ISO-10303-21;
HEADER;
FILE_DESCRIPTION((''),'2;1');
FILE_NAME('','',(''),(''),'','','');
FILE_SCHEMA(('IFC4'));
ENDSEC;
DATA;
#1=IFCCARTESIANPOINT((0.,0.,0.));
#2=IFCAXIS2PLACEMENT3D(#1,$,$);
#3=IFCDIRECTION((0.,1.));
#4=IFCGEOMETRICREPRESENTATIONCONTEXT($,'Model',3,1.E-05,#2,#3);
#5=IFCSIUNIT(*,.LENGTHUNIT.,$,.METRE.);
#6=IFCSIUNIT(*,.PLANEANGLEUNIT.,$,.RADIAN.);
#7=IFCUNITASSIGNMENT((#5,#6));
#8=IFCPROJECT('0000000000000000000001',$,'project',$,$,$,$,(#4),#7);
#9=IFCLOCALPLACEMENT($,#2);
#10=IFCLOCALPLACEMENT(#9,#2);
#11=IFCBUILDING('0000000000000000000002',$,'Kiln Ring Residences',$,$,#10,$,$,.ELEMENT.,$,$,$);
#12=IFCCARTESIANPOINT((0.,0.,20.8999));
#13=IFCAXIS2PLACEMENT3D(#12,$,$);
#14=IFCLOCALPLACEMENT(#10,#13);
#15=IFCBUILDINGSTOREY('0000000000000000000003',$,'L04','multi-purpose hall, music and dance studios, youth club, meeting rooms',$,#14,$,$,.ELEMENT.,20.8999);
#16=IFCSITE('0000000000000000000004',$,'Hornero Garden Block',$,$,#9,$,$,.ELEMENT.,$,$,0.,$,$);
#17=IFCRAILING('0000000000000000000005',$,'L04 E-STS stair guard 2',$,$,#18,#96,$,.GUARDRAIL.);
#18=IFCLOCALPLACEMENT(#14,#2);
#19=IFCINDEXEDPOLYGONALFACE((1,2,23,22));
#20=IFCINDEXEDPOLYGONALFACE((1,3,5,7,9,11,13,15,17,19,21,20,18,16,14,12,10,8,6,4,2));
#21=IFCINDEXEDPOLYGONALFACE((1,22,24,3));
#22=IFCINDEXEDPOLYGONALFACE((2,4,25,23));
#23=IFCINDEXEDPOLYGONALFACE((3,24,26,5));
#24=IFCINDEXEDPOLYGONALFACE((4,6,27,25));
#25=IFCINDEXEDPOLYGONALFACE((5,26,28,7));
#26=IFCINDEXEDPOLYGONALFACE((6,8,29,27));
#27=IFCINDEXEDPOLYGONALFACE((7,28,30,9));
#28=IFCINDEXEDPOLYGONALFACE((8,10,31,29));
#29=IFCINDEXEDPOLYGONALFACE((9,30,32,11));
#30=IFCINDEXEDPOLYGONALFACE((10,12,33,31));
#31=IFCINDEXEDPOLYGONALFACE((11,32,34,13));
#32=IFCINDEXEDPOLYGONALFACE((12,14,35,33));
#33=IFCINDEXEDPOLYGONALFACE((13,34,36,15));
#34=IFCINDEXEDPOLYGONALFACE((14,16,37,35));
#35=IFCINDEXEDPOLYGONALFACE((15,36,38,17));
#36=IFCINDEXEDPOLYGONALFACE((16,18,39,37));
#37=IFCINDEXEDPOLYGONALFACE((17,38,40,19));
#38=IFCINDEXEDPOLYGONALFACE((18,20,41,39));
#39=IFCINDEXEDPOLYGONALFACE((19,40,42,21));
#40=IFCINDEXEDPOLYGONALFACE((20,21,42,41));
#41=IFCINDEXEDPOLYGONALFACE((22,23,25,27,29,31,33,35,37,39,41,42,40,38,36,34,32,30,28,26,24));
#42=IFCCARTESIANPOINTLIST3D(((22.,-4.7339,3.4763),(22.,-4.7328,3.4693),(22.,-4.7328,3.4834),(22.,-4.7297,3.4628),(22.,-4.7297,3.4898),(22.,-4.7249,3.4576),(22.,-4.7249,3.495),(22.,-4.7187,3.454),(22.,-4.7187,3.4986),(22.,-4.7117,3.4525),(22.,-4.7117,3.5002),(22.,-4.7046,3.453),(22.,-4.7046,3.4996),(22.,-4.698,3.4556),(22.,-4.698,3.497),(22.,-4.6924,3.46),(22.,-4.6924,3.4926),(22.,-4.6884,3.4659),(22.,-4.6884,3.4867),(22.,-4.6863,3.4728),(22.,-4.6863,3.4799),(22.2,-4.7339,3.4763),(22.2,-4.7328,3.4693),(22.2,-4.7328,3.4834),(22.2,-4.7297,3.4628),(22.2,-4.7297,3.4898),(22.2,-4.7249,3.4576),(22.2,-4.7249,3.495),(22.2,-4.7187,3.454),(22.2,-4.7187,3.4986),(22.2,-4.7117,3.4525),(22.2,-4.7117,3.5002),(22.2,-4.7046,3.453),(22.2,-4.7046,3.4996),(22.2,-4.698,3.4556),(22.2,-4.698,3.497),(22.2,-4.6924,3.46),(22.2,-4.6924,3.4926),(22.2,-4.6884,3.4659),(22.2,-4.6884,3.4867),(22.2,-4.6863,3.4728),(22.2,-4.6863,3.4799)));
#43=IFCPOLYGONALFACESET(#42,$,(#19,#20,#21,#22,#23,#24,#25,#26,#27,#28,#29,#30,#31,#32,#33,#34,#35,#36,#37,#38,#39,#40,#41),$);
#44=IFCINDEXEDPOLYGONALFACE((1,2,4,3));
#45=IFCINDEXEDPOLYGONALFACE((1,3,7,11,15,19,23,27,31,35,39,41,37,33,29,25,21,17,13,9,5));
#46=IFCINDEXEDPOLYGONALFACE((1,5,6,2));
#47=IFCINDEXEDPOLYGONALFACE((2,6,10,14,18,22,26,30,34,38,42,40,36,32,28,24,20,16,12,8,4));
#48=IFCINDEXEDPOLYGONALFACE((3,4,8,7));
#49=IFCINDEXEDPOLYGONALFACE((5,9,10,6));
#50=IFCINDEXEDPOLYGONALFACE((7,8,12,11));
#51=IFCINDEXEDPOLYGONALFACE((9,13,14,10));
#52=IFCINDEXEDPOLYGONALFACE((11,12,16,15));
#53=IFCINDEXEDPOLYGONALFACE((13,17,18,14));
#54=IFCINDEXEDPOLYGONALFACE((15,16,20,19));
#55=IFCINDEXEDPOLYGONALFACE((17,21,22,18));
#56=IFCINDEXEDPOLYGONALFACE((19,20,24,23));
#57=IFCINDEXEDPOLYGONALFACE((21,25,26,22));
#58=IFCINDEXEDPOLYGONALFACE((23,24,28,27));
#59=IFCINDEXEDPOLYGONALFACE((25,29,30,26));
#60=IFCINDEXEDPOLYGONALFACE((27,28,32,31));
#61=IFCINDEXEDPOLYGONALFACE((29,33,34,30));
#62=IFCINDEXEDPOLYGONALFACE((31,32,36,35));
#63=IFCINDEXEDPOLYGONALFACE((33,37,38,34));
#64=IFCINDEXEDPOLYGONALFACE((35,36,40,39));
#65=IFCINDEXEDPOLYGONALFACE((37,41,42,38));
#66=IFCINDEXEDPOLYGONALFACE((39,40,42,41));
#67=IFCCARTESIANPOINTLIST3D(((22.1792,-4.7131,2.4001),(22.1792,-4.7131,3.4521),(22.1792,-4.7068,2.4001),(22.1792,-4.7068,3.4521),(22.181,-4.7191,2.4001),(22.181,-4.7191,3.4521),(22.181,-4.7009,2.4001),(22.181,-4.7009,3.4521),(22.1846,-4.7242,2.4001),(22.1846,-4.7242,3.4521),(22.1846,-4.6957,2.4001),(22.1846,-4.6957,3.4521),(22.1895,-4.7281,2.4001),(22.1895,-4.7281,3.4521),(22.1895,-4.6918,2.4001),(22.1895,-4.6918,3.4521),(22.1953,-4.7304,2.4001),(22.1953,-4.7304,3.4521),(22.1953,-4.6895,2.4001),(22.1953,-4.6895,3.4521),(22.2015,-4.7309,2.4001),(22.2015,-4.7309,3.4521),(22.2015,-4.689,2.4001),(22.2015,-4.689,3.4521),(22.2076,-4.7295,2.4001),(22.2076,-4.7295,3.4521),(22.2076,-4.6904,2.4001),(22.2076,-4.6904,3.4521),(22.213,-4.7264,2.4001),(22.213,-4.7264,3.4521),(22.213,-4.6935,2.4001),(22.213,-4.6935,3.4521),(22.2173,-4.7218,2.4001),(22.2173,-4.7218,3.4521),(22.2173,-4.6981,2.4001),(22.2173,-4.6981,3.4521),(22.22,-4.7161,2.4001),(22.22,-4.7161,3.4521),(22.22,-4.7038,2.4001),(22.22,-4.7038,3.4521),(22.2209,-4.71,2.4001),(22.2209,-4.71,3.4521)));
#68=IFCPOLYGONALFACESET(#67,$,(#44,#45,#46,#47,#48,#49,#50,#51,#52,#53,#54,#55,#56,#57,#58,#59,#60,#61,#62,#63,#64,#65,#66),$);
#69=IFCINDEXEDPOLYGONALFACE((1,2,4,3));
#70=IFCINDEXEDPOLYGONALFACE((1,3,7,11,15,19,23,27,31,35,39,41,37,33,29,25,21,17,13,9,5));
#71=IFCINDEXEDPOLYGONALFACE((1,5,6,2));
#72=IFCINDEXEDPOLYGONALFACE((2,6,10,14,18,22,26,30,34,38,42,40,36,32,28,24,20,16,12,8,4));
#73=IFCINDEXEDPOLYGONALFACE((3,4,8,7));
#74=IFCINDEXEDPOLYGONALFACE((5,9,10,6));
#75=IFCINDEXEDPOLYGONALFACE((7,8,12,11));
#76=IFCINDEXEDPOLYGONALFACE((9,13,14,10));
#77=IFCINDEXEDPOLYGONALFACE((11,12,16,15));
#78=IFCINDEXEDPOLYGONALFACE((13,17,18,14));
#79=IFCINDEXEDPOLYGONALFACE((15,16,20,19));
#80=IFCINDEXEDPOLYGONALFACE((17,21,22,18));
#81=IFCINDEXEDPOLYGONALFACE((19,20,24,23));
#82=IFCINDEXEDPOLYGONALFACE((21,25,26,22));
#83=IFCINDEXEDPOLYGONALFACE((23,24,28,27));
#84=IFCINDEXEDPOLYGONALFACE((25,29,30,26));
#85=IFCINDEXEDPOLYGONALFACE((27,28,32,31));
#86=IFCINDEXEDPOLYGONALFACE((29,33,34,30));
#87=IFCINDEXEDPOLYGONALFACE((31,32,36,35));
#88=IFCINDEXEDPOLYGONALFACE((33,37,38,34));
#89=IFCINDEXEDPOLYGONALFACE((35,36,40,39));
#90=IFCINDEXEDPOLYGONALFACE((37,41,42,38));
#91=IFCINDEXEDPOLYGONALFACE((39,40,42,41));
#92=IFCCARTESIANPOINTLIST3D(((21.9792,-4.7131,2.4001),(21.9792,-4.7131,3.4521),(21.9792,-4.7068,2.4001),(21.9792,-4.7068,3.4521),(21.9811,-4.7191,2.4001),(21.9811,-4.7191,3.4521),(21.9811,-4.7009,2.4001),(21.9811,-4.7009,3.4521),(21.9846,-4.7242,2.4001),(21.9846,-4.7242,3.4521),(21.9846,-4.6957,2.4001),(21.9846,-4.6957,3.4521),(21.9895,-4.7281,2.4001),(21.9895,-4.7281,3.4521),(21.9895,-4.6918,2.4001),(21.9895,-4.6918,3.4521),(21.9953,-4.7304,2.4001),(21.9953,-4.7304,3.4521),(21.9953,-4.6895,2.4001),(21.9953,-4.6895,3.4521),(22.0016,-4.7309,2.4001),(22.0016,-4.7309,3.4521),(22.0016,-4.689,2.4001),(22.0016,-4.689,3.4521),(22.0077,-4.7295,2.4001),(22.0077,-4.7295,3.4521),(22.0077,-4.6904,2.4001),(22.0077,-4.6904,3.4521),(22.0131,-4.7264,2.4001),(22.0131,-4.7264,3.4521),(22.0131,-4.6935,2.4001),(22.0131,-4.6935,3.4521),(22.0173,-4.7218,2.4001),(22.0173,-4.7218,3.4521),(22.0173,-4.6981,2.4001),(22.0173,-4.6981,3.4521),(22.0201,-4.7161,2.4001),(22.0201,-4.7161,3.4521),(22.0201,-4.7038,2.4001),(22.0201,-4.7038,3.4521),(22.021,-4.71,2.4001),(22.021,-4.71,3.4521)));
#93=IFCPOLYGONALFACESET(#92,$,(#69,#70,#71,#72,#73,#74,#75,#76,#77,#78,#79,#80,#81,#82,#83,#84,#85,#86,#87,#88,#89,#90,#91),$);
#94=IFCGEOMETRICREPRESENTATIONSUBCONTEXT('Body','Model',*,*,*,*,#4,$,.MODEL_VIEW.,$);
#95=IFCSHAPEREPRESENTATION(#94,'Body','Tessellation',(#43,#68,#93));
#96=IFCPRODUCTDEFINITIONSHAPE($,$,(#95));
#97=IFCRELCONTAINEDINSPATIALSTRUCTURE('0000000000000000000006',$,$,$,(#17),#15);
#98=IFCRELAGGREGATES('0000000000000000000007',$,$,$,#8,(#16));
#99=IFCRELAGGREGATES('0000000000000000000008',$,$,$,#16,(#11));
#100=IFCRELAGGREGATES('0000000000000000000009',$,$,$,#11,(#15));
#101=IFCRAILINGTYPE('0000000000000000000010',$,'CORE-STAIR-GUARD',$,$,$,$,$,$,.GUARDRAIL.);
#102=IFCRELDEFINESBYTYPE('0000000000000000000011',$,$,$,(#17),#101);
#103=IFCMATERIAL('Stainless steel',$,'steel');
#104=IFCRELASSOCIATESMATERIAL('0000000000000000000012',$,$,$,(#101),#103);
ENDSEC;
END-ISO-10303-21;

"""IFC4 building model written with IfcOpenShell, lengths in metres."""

from ifc_helpers import new_model, si_unit, direction, frame, origin, origin_2d, place, context, subcontext, project, spatial, circle, extrude, material, type_object, element, save


model = new_model("IFC4")

# Units and contexts
model_context = context("Model", 3, precision=1e-05, world=origin(), true_north=direction((0.0, 1.0)))
body_context = subcontext(model_context, "Body", "Model", "MODEL_VIEW")
ifc_project = project(units=[si_unit("LENGTHUNIT", "METRE"), si_unit("PLANEANGLEUNIT", "RADIAN")], contexts=[model_context])

# Site, building, storey
site_placement = place(None, origin())
site = spatial("IfcSite", under=ifc_project, at=site_placement, Name="Hornero Garden Block", CompositionType="ELEMENT", RefElevation=0.0)
building_placement = place(site_placement, origin())
building = spatial("IfcBuilding", under=site, at=building_placement, Name="Kiln Ring Residences", CompositionType="ELEMENT")
storey_placement = place(building_placement, frame((0.0, 0.0, 20.8999)))
storey = spatial("IfcBuildingStorey", under=building, at=storey_placement, Name="L04", Description="multi-purpose hall, music and dance studios, youth club, meeting rooms", CompositionType="ELEMENT", Elevation=20.8999)

# Railing
ifc_material_1 = material(Name="Stainless steel", Category="steel")
railing_type_1 = type_object("IfcRailingType", Name="CORE-STAIR-GUARD", PredefinedType="GUARDRAIL", material=ifc_material_1)
railing_1_placement = place(storey_placement, frame((22.2, -4.71, 2.4001)))
element("IfcRailing", 1, at=railing_1_placement, inside=storey, type_object=railing_type_1, Name="L04 E-STS stair guard 2", PredefinedType="GUARDRAIL", context=body_context, shape_type="SweptSolid", body=[
    extrude(circle(Radius=0.0239, at=origin_2d()), frame((0.0, 0.0, 1.0762), z_axis=(-1.0, 0.0, 0.0), x_axis=(0.0, -1.0, 0.0)), (0.0, 0.0, 1.0), 0.2),
    extrude(circle(Radius=0.021, at=origin_2d()), origin(), (0.0, 0.0, 1.0), 1.052),
    extrude(circle(Radius=0.021, at=origin_2d()), frame((-0.2, 0.0, 0.0)), (0.0, 0.0, 1.0), 1.052),
])

save(model, "model.ifc")
